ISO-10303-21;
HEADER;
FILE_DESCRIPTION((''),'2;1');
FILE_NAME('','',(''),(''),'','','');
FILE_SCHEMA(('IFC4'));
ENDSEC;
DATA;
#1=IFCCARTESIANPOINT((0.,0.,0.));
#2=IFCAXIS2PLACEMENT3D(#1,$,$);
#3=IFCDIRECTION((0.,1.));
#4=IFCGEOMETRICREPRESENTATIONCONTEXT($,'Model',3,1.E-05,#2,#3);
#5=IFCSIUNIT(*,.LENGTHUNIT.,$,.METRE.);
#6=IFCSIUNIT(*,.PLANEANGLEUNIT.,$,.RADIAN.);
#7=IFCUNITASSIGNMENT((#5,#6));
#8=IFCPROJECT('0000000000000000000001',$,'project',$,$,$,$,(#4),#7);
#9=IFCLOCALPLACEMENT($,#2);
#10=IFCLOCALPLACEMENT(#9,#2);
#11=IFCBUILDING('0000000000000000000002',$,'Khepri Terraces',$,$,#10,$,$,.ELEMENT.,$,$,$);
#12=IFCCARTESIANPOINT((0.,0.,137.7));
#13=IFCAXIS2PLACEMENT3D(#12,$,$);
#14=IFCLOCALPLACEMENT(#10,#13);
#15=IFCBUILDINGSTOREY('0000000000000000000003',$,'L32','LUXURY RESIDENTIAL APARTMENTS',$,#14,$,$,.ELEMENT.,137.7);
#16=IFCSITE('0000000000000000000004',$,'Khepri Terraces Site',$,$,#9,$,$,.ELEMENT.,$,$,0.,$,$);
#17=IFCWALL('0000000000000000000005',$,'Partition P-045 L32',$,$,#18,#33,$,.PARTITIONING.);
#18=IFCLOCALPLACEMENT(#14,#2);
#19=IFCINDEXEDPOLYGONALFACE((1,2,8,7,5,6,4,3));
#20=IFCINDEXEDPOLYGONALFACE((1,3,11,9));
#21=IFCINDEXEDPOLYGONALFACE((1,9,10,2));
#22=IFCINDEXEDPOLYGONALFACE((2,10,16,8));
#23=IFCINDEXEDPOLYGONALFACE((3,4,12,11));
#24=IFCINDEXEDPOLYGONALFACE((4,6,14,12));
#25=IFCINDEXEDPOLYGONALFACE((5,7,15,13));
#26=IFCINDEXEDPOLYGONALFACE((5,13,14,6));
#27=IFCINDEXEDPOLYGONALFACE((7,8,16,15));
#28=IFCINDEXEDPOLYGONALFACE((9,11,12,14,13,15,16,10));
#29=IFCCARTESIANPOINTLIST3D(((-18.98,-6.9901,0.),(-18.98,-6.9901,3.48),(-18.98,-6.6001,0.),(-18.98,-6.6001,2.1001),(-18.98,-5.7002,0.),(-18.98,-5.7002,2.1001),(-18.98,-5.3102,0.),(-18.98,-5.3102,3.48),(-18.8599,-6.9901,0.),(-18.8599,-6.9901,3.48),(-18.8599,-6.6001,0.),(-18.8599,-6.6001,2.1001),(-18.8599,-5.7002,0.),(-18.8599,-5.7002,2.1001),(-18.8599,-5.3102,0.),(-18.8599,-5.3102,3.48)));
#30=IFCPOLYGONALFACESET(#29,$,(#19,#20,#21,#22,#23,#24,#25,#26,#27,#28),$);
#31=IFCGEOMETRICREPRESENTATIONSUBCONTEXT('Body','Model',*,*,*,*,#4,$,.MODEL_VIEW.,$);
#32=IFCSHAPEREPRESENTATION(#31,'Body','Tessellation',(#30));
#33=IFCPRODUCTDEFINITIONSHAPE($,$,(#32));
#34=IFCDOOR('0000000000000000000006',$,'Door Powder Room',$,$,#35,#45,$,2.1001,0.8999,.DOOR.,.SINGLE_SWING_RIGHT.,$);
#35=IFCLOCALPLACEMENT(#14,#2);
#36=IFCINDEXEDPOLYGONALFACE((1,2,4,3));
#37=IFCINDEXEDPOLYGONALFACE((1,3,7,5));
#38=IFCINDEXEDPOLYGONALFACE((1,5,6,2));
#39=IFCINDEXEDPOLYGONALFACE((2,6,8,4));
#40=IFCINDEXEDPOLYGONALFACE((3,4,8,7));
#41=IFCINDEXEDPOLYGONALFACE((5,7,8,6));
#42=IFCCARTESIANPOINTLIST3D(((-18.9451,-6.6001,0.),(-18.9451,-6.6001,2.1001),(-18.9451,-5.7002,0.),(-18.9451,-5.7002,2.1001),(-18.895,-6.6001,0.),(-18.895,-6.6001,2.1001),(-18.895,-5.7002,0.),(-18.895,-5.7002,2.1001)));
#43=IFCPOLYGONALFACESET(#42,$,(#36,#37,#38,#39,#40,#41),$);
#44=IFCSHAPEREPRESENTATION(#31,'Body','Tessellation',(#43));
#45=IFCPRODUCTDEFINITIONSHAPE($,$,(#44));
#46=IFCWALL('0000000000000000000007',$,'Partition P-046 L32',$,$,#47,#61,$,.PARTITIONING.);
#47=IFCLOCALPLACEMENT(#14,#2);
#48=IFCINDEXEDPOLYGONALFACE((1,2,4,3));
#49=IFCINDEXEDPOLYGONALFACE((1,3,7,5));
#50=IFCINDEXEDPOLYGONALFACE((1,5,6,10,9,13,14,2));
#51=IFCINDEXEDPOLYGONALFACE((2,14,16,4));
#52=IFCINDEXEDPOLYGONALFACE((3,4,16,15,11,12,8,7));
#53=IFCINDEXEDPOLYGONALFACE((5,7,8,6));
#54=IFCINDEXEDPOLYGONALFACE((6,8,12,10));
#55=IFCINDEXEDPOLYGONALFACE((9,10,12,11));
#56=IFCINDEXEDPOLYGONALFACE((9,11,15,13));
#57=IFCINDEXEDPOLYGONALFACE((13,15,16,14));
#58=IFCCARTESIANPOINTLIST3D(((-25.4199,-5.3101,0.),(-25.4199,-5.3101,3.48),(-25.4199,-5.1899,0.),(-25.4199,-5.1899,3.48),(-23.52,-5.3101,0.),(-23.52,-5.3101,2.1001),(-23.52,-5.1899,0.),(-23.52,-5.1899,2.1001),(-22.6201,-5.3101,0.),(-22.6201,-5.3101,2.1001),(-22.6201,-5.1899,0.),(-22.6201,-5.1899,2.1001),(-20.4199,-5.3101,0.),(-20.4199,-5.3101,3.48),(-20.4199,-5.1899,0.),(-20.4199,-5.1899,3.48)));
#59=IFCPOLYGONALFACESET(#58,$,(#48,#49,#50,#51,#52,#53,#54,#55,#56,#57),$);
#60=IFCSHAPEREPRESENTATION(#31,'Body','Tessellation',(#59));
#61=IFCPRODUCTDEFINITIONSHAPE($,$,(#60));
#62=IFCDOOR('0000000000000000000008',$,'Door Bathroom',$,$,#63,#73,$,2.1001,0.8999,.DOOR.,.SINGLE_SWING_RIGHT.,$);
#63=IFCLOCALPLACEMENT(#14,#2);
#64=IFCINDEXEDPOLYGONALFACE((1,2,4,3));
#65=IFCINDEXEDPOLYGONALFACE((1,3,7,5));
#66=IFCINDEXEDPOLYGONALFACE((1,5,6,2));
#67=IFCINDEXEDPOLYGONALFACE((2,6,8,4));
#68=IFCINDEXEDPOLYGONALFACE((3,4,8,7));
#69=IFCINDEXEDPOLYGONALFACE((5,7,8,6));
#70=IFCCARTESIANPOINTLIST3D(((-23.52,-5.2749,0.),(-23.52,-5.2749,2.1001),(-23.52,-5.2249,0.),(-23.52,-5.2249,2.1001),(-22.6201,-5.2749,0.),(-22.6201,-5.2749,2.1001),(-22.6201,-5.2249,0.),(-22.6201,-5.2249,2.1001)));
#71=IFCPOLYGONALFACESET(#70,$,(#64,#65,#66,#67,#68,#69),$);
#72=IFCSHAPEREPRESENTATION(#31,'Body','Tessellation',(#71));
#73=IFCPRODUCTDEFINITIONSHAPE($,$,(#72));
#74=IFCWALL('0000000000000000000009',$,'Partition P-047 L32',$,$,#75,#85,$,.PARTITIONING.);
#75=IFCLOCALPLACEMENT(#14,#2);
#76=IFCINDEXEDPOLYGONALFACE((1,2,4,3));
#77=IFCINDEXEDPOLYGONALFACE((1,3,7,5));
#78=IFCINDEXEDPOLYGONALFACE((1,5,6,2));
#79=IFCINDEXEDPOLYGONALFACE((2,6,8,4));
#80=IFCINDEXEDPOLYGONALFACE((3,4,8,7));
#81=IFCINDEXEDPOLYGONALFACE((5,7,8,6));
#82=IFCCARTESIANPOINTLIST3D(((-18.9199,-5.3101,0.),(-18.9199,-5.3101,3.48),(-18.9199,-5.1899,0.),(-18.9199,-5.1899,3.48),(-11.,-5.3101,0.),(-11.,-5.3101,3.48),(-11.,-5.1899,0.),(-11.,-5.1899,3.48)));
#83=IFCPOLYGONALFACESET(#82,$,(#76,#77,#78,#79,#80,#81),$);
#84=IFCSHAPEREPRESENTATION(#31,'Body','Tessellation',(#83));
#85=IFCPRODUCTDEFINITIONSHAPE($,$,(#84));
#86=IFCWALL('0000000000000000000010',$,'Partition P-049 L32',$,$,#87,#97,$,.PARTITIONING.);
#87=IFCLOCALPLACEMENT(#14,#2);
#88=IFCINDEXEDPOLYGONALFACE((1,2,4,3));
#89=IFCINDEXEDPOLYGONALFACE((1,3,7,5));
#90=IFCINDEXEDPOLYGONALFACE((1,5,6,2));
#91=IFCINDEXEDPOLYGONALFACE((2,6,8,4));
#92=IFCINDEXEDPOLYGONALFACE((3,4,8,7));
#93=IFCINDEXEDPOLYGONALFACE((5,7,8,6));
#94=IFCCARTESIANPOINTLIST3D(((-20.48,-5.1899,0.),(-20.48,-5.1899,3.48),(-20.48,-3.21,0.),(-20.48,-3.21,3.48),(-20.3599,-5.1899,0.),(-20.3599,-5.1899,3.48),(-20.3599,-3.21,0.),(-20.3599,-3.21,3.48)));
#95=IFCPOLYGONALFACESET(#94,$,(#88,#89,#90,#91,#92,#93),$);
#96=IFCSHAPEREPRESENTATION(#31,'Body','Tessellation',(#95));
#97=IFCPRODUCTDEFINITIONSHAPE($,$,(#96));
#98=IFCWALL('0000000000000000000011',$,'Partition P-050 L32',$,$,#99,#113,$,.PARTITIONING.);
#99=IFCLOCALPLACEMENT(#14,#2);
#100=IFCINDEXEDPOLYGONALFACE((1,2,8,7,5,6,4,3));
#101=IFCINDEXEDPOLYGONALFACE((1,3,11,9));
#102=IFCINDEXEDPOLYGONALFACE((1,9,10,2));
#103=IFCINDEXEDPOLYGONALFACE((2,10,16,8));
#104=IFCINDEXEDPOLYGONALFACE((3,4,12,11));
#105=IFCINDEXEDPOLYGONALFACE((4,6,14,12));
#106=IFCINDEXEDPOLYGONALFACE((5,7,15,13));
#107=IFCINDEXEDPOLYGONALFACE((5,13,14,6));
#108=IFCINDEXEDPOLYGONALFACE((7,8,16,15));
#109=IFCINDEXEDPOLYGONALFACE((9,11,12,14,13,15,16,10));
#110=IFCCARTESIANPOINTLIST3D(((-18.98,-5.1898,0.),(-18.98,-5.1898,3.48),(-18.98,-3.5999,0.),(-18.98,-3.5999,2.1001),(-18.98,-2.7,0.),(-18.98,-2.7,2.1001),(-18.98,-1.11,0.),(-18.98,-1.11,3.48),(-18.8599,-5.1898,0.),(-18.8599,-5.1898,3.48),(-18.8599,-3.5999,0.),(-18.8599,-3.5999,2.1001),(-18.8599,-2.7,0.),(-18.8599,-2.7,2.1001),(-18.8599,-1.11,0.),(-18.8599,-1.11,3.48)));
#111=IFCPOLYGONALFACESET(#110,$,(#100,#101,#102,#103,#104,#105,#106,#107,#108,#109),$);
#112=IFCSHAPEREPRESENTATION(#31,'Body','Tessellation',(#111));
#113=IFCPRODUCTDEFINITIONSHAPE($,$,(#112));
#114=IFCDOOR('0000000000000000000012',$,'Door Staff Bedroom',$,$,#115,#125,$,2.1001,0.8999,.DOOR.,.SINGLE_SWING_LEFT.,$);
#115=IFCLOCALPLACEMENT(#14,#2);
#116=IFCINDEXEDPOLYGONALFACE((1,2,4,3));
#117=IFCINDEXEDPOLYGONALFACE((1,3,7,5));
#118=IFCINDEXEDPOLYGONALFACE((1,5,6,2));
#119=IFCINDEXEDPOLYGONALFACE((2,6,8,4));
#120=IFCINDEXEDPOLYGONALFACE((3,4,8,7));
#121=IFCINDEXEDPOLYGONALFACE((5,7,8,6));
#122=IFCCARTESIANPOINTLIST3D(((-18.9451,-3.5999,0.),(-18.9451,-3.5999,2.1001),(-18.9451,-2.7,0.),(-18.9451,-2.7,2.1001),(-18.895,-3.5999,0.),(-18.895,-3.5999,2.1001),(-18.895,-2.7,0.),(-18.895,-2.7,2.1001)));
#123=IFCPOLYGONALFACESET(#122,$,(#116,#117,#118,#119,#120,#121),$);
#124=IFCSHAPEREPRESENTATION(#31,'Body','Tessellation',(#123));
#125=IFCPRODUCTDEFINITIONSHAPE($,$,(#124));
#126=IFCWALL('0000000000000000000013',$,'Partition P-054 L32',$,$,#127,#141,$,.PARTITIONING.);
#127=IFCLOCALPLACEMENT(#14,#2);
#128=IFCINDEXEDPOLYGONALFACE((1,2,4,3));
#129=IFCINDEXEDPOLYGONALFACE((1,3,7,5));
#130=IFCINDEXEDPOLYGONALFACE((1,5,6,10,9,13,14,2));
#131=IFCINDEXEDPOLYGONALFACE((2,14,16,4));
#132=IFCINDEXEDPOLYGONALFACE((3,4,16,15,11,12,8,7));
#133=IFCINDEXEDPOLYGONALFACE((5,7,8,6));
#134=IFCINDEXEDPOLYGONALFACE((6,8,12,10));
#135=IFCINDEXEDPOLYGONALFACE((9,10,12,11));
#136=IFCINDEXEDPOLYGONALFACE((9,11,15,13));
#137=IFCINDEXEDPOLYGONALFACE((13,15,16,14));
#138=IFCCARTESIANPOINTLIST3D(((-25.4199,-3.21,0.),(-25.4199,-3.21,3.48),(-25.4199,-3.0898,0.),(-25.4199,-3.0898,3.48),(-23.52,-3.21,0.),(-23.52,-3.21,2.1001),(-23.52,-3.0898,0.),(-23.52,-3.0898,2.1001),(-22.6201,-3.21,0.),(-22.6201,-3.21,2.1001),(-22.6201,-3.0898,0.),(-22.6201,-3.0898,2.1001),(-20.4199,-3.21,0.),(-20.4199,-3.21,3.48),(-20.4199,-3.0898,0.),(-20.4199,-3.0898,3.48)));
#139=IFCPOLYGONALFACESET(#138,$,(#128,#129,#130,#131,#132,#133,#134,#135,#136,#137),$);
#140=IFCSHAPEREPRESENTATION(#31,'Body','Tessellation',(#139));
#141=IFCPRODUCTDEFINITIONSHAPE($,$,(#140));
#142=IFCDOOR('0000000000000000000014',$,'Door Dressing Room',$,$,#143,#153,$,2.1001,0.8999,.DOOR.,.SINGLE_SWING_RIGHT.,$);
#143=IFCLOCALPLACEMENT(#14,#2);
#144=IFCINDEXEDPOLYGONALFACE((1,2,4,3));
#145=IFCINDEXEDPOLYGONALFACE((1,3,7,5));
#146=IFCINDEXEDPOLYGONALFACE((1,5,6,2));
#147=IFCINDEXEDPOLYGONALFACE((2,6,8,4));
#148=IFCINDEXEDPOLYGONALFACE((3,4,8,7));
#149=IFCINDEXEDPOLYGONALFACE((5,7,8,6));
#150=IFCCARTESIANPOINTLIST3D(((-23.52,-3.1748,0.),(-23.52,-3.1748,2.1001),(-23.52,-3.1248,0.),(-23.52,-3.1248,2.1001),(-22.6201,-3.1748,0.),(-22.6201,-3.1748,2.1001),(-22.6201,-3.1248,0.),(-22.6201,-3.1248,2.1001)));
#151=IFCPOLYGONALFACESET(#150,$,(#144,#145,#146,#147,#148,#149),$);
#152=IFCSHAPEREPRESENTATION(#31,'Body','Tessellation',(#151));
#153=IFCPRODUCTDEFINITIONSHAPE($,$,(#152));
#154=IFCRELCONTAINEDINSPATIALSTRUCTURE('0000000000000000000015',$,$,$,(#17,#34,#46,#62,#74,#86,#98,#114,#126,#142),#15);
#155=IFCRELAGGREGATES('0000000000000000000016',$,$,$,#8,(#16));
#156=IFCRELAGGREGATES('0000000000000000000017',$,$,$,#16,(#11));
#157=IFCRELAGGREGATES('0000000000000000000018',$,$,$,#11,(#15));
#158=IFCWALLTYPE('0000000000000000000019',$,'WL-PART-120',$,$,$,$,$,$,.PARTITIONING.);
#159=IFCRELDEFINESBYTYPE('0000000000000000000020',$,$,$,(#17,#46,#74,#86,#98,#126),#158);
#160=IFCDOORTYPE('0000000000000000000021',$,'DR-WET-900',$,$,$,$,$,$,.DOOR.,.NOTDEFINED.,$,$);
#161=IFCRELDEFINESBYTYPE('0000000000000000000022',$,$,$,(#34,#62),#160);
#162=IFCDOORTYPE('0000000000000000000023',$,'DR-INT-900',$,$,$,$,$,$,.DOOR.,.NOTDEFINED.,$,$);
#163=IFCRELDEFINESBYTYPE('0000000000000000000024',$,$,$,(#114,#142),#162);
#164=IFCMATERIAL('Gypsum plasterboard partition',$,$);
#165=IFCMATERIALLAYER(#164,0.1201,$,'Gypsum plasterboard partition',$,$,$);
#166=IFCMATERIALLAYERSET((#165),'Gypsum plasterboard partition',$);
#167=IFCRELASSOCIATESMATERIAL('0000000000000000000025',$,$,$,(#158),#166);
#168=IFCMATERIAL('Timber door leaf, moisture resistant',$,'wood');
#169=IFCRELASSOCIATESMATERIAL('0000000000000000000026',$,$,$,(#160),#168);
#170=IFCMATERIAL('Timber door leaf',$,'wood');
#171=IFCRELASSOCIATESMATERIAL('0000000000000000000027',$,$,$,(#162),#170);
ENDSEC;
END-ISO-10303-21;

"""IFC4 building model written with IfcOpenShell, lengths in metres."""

from ifc_helpers import new_model, si_unit, direction, frame, frame_2d, origin, place, context, subcontext, project, spatial, rectangle, extrude, material, layer, layer_set, type_object, element, fill, save


model = new_model("IFC4")

# Units and contexts
model_context = context("Model", 3, precision=1e-05, world=origin(), true_north=direction((0.0, 1.0)))
body_context = subcontext(model_context, "Body", "Model", "MODEL_VIEW")
ifc_project = project(units=[si_unit("LENGTHUNIT", "METRE"), si_unit("PLANEANGLEUNIT", "RADIAN")], contexts=[model_context])

# Site, building, storey
site_placement = place(None, origin())
site = spatial("IfcSite", under=ifc_project, at=site_placement, Name="Khepri Terraces Site", CompositionType="ELEMENT", RefElevation=0.0)
building_placement = place(site_placement, origin())
building = spatial("IfcBuilding", under=site, at=building_placement, Name="Khepri Terraces", CompositionType="ELEMENT")
storey_placement = place(building_placement, frame((0.0, 0.0, 137.7)))
storey = spatial("IfcBuildingStorey", under=building, at=storey_placement, Name="L32", Description="LUXURY RESIDENTIAL APARTMENTS", CompositionType="ELEMENT", Elevation=137.7)

# Shared definitions
ifc_material_1 = material(Name="Gypsum plasterboard partition")
ifc_layer_1 = layer(ifc_material_1, 0.1201, Name="Gypsum plasterboard partition")
ifc_layer_set_1 = layer_set([ifc_layer_1], Name="Gypsum plasterboard partition")
wall_type_1 = type_object("IfcWallType", Name="WL-PART-120", PredefinedType="PARTITIONING", material=ifc_layer_set_1)

# Shared definitions
ifc_material_2 = material(Name="Timber door leaf, moisture resistant", Category="wood")
door_type_1 = type_object("IfcDoorType", Name="DR-WET-900", OperationType="NOTDEFINED", PredefinedType="DOOR", material=ifc_material_2)

# Walls, openings, doors
wall_1_placement = place(storey_placement, frame((-18.9199, -6.99, 0.0), z_axis=(0.0, 0.0, 1.0), x_axis=(0.0, 1.0, 0.0)))
wall_1 = element("IfcWall", 1, at=wall_1_placement, inside=storey, type_object=wall_type_1, Name="Partition P-045 L32", PredefinedType="PARTITIONING", context=body_context, shape_type="SweptSolid", body=[
    extrude(rectangle(XDim=1.6799, YDim=0.1201, at=frame_2d((0.8398, 0.0))), origin(), (0.0, 0.0, 1.0), 3.48),
])
opening_1_placement = place(wall_1_placement, frame((0.3899, 0.0, 0.0)))
opening_1 = element("IfcOpeningElement", 2, at=opening_1_placement, cuts=wall_1, PredefinedType="OPENING", context=body_context, shape_type="SweptSolid", body=[
    extrude(rectangle(XDim=0.8999, YDim=2.1001, at=frame_2d((0.45, 1.05))), frame((0.0, 0.0701, 0.0), z_axis=(0.0, -1.0, 0.0), x_axis=(1.0, 0.0, 0.0)), (0.0, 0.0, 1.0), 0.1401),
])
door_1_placement = place(opening_1_placement, frame((0.8999, 0.0, 0.0), z_axis=(0.0, 0.0, 1.0), x_axis=(-1.0, 0.0, 0.0)))
door_1 = element("IfcDoor", 3, at=door_1_placement, inside=storey, type_object=door_type_1, Name="Door Powder Room", OperationType="SINGLE_SWING_RIGHT", OverallHeight=2.1001, OverallWidth=0.8999, PredefinedType="DOOR", context=body_context, shape_type="SweptSolid", body=[
    extrude(rectangle(XDim=0.8999, YDim=2.1001, at=frame_2d((0.45, 1.05))), frame((0.0, 0.0249, 0.0), z_axis=(0.0, -1.0, 0.0), x_axis=(1.0, 0.0, 0.0)), (0.0, 0.0, 1.0), 0.05),
])
fill(opening_1, door_1)
wall_2_placement = place(storey_placement, frame((-25.4199, -5.25, 0.0), z_axis=(0.0, 0.0, 1.0), x_axis=(1.0, 0.0, 0.0)))
wall_2 = element("IfcWall", 4, at=wall_2_placement, inside=storey, type_object=wall_type_1, Name="Partition P-046 L32", PredefinedType="PARTITIONING", context=body_context, shape_type="SweptSolid", body=[
    extrude(rectangle(XDim=5.0, YDim=0.1201, at=frame_2d((2.5, 0.0))), origin(), (0.0, 0.0, 1.0), 3.48),
])
opening_2_placement = place(wall_2_placement, frame((1.8999, 0.0, 0.0)))
opening_2 = element("IfcOpeningElement", 5, at=opening_2_placement, cuts=wall_2, PredefinedType="OPENING", context=body_context, shape_type="SweptSolid", body=[
    extrude(rectangle(XDim=0.8999, YDim=2.1001, at=frame_2d((0.45, 1.05))), frame((0.0, 0.0701, 0.0), z_axis=(0.0, -1.0, 0.0), x_axis=(1.0, 0.0, 0.0)), (0.0, 0.0, 1.0), 0.1401),
])
door_2_placement = place(opening_2_placement, frame((0.8999, 0.0, 0.0), z_axis=(0.0, 0.0, 1.0), x_axis=(-1.0, 0.0, 0.0)))
door_2 = element("IfcDoor", 6, at=door_2_placement, inside=storey, type_object=door_type_1, Name="Door Bathroom", OperationType="SINGLE_SWING_RIGHT", OverallHeight=2.1001, OverallWidth=0.8999, PredefinedType="DOOR", context=body_context, shape_type="SweptSolid", body=[
    extrude(rectangle(XDim=0.8999, YDim=2.1001, at=frame_2d((0.45, 1.05))), frame((0.0, 0.0249, 0.0), z_axis=(0.0, -1.0, 0.0), x_axis=(1.0, 0.0, 0.0)), (0.0, 0.0, 1.0), 0.05),
])
fill(opening_2, door_2)

# Walls
wall_3_placement = place(storey_placement, frame((-18.9199, -5.25, 0.0), z_axis=(0.0, 0.0, 1.0), x_axis=(1.0, 0.0, 0.0)))
element("IfcWall", 7, at=wall_3_placement, inside=storey, type_object=wall_type_1, Name="Partition P-047 L32", PredefinedType="PARTITIONING", context=body_context, shape_type="SweptSolid", body=[
    extrude(rectangle(XDim=7.9199, YDim=0.1201, at=frame_2d((3.96, 0.0))), origin(), (0.0, 0.0, 1.0), 3.48),
])
wall_4_placement = place(storey_placement, frame((-20.4199, -5.1899, 0.0), z_axis=(0.0, 0.0, 1.0), x_axis=(0.0, 1.0, 0.0)))
element("IfcWall", 8, at=wall_4_placement, inside=storey, type_object=wall_type_1, Name="Partition P-049 L32", PredefinedType="PARTITIONING", context=body_context, shape_type="SweptSolid", body=[
    extrude(rectangle(XDim=1.98, YDim=0.1201, at=frame_2d((0.99, 0.0))), origin(), (0.0, 0.0, 1.0), 3.48),
])

# Walls, openings, doors
wall_5_placement = place(storey_placement, frame((-18.9199, -5.1899, 0.0), z_axis=(0.0, 0.0, 1.0), x_axis=(0.0, 1.0, 0.0)))
wall_5 = element("IfcWall", 9, at=wall_5_placement, inside=storey, type_object=wall_type_1, Name="Partition P-050 L32", PredefinedType="PARTITIONING", context=body_context, shape_type="SweptSolid", body=[
    extrude(rectangle(XDim=4.0798, YDim=0.1201, at=frame_2d((2.04, 0.0))), origin(), (0.0, 0.0, 1.0), 3.48),
])
opening_3_placement = place(wall_5_placement, frame((1.5901, 0.0, 0.0)))
opening_3 = element("IfcOpeningElement", 10, at=opening_3_placement, cuts=wall_5, PredefinedType="OPENING", context=body_context, shape_type="SweptSolid", body=[
    extrude(rectangle(XDim=0.8999, YDim=2.1001, at=frame_2d((0.45, 1.05))), frame((0.0, 0.0701, 0.0), z_axis=(0.0, -1.0, 0.0), x_axis=(1.0, 0.0, 0.0)), (0.0, 0.0, 1.0), 0.1401),
])
ifc_material_3 = material(Name="Timber door leaf", Category="wood")
door_type_2 = type_object("IfcDoorType", Name="DR-INT-900", OperationType="NOTDEFINED", PredefinedType="DOOR", material=ifc_material_3)
door_3_placement = place(opening_3_placement, frame((0.8999, 0.0, 0.0), z_axis=(0.0, 0.0, 1.0), x_axis=(-1.0, 0.0, 0.0)))
door_3 = element("IfcDoor", 11, at=door_3_placement, inside=storey, type_object=door_type_2, Name="Door Staff Bedroom", OperationType="SINGLE_SWING_LEFT", OverallHeight=2.1001, OverallWidth=0.8999, PredefinedType="DOOR", context=body_context, shape_type="SweptSolid", body=[
    extrude(rectangle(XDim=0.8999, YDim=2.1001, at=frame_2d((0.45, 1.05))), frame((0.0, 0.0249, 0.0), z_axis=(0.0, -1.0, 0.0), x_axis=(1.0, 0.0, 0.0)), (0.0, 0.0, 1.0), 0.05),
])
fill(opening_3, door_3)
wall_6_placement = place(storey_placement, frame((-25.4199, -3.1499, 0.0), z_axis=(0.0, 0.0, 1.0), x_axis=(1.0, 0.0, 0.0)))
wall_6 = element("IfcWall", 12, at=wall_6_placement, inside=storey, type_object=wall_type_1, Name="Partition P-054 L32", PredefinedType="PARTITIONING", context=body_context, shape_type="SweptSolid", body=[
    extrude(rectangle(XDim=5.0, YDim=0.1201, at=frame_2d((2.5, 0.0))), origin(), (0.0, 0.0, 1.0), 3.48),
])
opening_4_placement = place(wall_6_placement, frame((1.8999, 0.0, 0.0)))
opening_4 = element("IfcOpeningElement", 13, at=opening_4_placement, cuts=wall_6, PredefinedType="OPENING", context=body_context, shape_type="SweptSolid", body=[
    extrude(rectangle(XDim=0.8999, YDim=2.1001, at=frame_2d((0.45, 1.05))), frame((0.0, 0.0701, 0.0), z_axis=(0.0, -1.0, 0.0), x_axis=(1.0, 0.0, 0.0)), (0.0, 0.0, 1.0), 0.1401),
])
door_4_placement = place(opening_4_placement, frame((0.8999, 0.0, 0.0), z_axis=(0.0, 0.0, 1.0), x_axis=(-1.0, 0.0, 0.0)))
door_4 = element("IfcDoor", 14, at=door_4_placement, inside=storey, type_object=door_type_2, Name="Door Dressing Room", OperationType="SINGLE_SWING_RIGHT", OverallHeight=2.1001, OverallWidth=0.8999, PredefinedType="DOOR", context=body_context, shape_type="SweptSolid", body=[
    extrude(rectangle(XDim=0.8999, YDim=2.1001, at=frame_2d((0.45, 1.05))), frame((0.0, 0.0249, 0.0), z_axis=(0.0, -1.0, 0.0), x_axis=(1.0, 0.0, 0.0)), (0.0, 0.0, 1.0), 0.05),
])
fill(opening_4, door_4)

save(model, "model.ifc")
